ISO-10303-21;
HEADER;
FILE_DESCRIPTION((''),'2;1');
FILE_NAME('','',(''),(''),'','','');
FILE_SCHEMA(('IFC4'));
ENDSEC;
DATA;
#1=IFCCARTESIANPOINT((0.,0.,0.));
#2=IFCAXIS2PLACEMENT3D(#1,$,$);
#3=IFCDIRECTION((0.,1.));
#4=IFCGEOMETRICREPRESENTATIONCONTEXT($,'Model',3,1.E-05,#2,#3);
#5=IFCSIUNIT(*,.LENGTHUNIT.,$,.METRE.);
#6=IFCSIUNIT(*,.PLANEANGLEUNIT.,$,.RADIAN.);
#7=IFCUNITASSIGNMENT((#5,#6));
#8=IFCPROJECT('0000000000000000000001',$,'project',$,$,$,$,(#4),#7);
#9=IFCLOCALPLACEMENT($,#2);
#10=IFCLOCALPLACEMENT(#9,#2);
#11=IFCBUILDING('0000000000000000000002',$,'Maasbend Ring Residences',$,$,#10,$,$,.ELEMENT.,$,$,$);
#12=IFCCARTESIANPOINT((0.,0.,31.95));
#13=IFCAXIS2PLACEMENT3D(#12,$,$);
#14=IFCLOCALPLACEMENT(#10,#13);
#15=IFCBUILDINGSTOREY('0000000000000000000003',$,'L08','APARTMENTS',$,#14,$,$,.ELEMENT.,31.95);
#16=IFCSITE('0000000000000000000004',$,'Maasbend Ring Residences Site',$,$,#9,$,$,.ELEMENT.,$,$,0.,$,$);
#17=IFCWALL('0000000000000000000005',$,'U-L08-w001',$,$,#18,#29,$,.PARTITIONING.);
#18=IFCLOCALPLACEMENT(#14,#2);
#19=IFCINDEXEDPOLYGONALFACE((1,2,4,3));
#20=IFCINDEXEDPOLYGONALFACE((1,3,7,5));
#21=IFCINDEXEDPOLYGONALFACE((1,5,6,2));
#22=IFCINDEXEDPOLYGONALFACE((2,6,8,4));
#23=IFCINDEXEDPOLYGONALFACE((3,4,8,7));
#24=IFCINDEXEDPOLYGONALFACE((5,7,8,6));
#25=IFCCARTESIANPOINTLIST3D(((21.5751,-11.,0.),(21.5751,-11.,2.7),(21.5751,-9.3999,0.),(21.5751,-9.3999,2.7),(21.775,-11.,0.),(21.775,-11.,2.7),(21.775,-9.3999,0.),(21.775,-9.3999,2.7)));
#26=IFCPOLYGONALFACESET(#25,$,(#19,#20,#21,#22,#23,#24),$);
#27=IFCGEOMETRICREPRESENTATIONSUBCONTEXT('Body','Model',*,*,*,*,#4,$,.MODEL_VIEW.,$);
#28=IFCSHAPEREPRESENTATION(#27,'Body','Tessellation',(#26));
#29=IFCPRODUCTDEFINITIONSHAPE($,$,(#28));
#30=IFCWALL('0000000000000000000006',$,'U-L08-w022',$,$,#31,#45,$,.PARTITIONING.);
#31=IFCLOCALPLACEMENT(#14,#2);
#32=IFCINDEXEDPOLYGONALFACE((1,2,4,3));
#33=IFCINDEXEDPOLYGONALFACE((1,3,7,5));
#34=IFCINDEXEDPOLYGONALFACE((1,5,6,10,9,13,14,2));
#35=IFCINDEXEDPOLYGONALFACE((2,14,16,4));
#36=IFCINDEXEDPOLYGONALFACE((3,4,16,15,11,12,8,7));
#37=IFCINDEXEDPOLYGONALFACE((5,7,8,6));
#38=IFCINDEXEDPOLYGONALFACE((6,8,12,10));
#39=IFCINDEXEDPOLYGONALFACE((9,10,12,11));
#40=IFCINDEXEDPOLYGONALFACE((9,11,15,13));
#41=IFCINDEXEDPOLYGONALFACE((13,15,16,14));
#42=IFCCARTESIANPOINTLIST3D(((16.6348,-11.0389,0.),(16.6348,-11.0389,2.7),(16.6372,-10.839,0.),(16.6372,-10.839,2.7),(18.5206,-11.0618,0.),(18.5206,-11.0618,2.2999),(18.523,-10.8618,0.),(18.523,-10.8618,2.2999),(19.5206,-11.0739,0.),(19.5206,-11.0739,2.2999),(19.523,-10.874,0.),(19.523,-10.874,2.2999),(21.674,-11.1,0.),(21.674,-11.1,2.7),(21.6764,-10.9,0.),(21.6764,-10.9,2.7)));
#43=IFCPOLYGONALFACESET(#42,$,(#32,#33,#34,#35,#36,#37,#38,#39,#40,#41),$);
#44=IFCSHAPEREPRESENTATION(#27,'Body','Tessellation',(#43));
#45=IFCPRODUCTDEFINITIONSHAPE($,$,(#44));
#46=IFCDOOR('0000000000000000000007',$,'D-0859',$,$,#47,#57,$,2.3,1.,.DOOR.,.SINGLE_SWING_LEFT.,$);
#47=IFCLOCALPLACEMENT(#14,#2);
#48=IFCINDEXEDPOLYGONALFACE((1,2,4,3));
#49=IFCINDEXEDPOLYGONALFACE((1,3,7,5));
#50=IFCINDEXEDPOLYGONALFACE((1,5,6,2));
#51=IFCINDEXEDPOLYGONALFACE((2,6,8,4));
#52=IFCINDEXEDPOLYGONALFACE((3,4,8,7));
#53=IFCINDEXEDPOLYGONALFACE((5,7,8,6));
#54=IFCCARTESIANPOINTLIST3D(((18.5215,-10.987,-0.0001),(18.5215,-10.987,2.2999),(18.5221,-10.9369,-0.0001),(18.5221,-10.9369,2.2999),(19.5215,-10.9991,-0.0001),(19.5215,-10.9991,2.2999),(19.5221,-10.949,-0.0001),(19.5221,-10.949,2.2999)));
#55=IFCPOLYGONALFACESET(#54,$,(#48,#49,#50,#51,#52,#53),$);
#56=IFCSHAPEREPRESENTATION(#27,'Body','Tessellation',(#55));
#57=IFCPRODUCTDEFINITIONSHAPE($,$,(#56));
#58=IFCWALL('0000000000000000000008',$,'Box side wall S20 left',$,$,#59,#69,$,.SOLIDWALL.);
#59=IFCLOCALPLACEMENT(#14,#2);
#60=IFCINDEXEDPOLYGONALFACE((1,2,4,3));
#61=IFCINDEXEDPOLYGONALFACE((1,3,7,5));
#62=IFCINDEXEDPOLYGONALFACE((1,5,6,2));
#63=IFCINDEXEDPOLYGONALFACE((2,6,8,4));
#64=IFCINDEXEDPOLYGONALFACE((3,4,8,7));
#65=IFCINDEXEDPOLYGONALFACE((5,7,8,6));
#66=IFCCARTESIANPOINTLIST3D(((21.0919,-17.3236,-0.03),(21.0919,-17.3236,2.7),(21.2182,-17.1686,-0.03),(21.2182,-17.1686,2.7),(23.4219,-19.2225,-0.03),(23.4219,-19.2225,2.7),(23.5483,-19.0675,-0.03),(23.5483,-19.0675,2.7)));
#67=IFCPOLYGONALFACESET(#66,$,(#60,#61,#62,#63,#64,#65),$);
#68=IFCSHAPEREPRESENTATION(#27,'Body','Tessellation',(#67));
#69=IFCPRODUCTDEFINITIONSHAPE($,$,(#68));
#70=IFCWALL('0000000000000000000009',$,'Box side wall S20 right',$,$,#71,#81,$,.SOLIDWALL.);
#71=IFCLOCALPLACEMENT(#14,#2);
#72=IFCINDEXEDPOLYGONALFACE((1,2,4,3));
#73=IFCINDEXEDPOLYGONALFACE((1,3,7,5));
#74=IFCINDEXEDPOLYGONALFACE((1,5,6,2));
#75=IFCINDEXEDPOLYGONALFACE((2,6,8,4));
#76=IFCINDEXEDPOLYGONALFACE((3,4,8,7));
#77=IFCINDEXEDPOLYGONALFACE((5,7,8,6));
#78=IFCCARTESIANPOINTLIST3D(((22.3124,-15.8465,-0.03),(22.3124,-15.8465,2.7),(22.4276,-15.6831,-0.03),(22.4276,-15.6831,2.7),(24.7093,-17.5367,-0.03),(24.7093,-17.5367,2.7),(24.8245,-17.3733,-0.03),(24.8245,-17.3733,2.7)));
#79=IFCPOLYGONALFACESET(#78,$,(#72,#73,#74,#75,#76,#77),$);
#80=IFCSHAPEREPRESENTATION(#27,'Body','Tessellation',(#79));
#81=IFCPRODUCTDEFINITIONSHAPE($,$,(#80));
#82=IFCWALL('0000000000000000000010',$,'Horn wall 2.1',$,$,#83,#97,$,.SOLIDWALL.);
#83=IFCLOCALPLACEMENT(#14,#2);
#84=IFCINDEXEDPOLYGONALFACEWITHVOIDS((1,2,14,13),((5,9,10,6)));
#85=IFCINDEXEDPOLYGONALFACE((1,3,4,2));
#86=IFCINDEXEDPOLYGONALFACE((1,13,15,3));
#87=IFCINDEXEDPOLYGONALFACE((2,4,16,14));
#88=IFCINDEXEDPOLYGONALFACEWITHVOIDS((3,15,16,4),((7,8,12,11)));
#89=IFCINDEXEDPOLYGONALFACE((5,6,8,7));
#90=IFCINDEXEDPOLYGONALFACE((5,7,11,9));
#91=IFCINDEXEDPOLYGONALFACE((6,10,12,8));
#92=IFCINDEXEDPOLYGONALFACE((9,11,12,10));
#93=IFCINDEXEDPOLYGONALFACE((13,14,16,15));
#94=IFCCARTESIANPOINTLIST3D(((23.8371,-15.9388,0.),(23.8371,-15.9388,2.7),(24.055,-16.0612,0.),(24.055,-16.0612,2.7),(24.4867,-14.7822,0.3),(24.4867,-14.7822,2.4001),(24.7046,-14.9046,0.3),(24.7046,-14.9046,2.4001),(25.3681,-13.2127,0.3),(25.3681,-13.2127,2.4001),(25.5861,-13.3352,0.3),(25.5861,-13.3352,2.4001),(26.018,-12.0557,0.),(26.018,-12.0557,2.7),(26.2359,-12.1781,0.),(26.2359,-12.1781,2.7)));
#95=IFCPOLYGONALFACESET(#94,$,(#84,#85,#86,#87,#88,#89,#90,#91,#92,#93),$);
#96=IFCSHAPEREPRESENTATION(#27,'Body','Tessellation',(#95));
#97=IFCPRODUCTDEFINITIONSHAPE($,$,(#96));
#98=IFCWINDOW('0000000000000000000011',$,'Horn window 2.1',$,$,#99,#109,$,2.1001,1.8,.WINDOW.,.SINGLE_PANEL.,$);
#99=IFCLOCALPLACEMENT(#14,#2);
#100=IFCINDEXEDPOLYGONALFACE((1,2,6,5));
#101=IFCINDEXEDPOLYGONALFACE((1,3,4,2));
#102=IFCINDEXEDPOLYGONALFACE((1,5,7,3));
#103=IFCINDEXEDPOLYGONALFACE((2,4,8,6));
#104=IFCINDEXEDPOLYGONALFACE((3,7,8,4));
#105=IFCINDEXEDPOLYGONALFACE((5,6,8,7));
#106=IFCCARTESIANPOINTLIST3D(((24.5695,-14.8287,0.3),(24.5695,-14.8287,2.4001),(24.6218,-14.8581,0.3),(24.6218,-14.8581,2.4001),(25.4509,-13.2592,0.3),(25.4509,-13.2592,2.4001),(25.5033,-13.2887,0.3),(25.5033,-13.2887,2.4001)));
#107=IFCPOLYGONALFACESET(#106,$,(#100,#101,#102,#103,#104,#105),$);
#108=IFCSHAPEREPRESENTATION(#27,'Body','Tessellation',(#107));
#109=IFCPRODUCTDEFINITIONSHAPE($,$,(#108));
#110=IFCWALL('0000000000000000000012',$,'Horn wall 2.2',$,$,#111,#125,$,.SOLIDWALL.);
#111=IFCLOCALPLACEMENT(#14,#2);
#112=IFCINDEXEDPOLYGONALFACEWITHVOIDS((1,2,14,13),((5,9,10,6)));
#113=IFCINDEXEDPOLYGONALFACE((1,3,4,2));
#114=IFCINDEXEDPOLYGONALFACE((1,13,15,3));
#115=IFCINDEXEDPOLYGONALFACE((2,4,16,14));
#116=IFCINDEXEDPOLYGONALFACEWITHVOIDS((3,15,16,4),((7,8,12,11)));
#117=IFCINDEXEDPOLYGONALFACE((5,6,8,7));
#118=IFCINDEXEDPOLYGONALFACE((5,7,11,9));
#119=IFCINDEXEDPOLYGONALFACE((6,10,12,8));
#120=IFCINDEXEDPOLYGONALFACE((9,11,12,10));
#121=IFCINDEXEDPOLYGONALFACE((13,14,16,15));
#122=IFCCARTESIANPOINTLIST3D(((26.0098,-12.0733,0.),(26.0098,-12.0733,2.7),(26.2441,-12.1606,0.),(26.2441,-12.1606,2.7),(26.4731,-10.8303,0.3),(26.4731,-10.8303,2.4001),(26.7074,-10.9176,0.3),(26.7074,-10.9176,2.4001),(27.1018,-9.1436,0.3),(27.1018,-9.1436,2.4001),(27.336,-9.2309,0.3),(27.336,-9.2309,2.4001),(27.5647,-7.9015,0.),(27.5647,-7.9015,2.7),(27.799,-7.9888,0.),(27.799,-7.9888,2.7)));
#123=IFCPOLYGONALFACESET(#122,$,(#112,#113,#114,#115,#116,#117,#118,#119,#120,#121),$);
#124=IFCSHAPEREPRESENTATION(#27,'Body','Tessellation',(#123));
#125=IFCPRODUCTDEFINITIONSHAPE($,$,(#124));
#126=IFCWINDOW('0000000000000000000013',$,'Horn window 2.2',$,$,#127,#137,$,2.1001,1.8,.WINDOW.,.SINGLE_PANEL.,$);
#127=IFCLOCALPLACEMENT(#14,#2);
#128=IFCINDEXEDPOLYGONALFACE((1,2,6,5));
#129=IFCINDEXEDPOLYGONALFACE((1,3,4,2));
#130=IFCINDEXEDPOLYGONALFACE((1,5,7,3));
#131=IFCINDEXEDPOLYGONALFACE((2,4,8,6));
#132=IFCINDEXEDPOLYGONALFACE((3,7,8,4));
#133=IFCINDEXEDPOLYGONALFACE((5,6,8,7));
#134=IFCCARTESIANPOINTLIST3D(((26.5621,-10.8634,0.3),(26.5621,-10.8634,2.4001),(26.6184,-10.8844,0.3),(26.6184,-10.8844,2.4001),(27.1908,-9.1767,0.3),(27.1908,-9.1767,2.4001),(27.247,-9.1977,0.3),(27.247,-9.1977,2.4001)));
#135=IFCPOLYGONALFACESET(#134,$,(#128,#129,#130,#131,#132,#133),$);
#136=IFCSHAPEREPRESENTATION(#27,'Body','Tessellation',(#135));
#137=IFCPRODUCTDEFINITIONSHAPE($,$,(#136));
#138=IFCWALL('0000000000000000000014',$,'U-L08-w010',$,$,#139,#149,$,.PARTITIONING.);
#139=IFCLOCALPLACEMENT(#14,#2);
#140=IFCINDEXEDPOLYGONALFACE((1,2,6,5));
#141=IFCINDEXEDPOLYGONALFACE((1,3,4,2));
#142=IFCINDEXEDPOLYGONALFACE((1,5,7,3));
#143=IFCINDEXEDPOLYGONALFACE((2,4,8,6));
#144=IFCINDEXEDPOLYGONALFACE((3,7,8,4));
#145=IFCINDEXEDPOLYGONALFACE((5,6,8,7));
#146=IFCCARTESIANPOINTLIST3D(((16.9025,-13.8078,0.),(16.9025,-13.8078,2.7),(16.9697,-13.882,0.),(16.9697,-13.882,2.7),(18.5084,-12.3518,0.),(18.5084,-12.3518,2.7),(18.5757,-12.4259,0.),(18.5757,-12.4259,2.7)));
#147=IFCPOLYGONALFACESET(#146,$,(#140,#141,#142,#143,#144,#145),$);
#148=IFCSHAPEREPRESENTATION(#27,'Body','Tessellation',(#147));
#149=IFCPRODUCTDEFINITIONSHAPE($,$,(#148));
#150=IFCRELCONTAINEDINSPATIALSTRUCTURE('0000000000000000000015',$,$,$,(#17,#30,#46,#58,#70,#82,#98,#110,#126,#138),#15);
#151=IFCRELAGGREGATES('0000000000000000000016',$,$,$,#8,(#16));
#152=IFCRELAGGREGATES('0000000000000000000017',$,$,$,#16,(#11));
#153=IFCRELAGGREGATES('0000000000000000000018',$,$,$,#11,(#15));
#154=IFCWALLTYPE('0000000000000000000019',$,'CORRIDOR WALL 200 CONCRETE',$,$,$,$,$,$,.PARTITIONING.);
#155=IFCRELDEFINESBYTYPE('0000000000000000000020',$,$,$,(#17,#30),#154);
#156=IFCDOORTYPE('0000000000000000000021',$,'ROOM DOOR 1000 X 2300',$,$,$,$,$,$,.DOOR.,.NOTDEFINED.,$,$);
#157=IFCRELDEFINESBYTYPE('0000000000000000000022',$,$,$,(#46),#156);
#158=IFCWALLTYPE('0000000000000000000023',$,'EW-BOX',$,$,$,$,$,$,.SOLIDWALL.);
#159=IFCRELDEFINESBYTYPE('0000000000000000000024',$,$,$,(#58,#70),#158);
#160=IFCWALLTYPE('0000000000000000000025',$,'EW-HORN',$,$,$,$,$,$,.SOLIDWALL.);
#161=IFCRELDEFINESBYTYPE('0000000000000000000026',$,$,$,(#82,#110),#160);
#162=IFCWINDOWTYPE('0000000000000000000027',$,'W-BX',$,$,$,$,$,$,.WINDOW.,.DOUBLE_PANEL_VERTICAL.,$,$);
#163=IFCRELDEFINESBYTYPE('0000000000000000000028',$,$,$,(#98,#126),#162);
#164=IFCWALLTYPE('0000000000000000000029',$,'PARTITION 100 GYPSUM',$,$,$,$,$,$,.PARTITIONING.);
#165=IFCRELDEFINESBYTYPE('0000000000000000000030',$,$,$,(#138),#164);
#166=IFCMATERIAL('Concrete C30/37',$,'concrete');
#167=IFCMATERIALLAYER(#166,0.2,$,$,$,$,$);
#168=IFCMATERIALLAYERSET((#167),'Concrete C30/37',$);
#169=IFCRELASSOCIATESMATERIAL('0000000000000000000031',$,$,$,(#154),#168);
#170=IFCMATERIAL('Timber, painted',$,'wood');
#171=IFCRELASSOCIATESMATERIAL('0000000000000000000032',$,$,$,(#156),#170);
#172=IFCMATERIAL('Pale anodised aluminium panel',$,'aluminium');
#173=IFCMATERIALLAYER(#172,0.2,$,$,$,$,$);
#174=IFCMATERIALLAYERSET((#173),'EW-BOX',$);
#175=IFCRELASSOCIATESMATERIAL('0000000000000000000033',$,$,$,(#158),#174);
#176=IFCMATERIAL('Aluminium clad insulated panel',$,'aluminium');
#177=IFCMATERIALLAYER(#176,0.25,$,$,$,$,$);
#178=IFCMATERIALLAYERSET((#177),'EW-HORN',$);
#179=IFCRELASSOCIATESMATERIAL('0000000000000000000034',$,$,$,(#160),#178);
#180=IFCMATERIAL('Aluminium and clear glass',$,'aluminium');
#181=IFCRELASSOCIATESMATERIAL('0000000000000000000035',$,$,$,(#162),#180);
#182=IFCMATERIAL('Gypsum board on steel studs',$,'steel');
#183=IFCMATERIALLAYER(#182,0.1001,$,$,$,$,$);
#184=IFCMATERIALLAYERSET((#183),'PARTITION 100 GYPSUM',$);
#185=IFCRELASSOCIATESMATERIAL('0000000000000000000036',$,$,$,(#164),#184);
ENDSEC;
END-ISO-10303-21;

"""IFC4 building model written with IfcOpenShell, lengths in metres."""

from ifc_helpers import new_model, si_unit, direction, frame, frame_2d, origin, place, context, subcontext, project, spatial, rectangle, extrude, material, layer, layer_set, type_object, element, fill, save


model = new_model("IFC4")

# Units and contexts
model_context = context("Model", 3, precision=1e-05, world=origin(), true_north=direction((0.0, 1.0)))
body_context = subcontext(model_context, "Body", "Model", "MODEL_VIEW")
ifc_project = project(units=[si_unit("LENGTHUNIT", "METRE"), si_unit("PLANEANGLEUNIT", "RADIAN")], contexts=[model_context])

# Site, building, storey
site_placement = place(None, origin())
site = spatial("IfcSite", under=ifc_project, at=site_placement, Name="Maasbend Ring Residences Site", CompositionType="ELEMENT", RefElevation=0.0)
building_placement = place(site_placement, origin())
building = spatial("IfcBuilding", under=site, at=building_placement, Name="Maasbend Ring Residences", CompositionType="ELEMENT")
storey_placement = place(building_placement, frame((0.0, 0.0, 31.95)))
storey = spatial("IfcBuildingStorey", under=building, at=storey_placement, Name="L08", Description="APARTMENTS", CompositionType="ELEMENT", Elevation=31.95)

# Wall
ifc_material_1 = material(Name="Concrete C30/37", Category="concrete")
ifc_layer_1 = layer(ifc_material_1, 0.2)
ifc_layer_set_1 = layer_set([ifc_layer_1], Name="Concrete C30/37")
wall_type_1 = type_object("IfcWallType", Name="CORRIDOR WALL 200 CONCRETE", PredefinedType="PARTITIONING", material=ifc_layer_set_1)
wall_1_placement = place(storey_placement, frame((21.675, -11.0, 0.0), z_axis=(0.0, 0.0, 1.0), x_axis=(0.0, 1.0, 0.0)))
element("IfcWall", 1, at=wall_1_placement, inside=storey, type_object=wall_type_1, Name="U-L08-w001", PredefinedType="PARTITIONING", context=body_context, shape_type="SweptSolid", body=[
    extrude(rectangle(XDim=1.6001, YDim=0.2, at=frame_2d((0.8, 0.0))), origin(), (0.0, 0.0, 1.0), 2.7),
])

# Wall, opening, door
wall_2_placement = place(storey_placement, frame((16.636, -10.939, 0.0), z_axis=(0.0, 0.0, 1.0), x_axis=(0.999927, -0.012112, 0.0)))
wall_2 = element("IfcWall", 2, at=wall_2_placement, inside=storey, type_object=wall_type_1, Name="U-L08-w022", PredefinedType="PARTITIONING", context=body_context, shape_type="SweptSolid", body=[
    extrude(rectangle(XDim=5.0396, YDim=0.2, at=frame_2d((2.5198, 0.0))), origin(), (0.0, 0.0, 1.0), 2.7),
])
opening_1_placement = place(wall_2_placement, frame((1.886, 0.0, 0.0)))
opening_1 = element("IfcOpeningElement", 3, at=opening_1_placement, cuts=wall_2, PredefinedType="OPENING", context=body_context, shape_type="SweptSolid", body=[
    extrude(rectangle(XDim=1.0, YDim=2.3, at=frame_2d((0.5, 1.1499))), frame((0.0, 0.1099, 0.0), z_axis=(0.0, -1.0, 0.0), x_axis=(1.0, 0.0, 0.0)), (0.0, 0.0, 1.0), 0.22),
])
ifc_material_2 = material(Name="Timber, painted", Category="wood")
door_type_1 = type_object("IfcDoorType", Name="ROOM DOOR 1000 X 2300", OperationType="NOTDEFINED", PredefinedType="DOOR", material=ifc_material_2)
door_1_placement = place(opening_1_placement, origin())
door_1 = element("IfcDoor", 4, at=door_1_placement, inside=storey, type_object=door_type_1, Name="D-0859", OperationType="SINGLE_SWING_LEFT", OverallHeight=2.3, OverallWidth=1.0, PredefinedType="DOOR", context=body_context, shape_type="SweptSolid", body=[
    extrude(rectangle(XDim=1.0, YDim=2.3, at=frame_2d((0.5, 1.1499))), frame((0.0, 0.0249, 0.0), z_axis=(0.0, -1.0, 0.0), x_axis=(1.0, 0.0, 0.0)), (0.0, 0.0, 1.0), 0.05),
])
fill(opening_1, door_1)

# Walls
ifc_material_3 = material(Name="Pale anodised aluminium panel", Category="aluminium")
ifc_layer_2 = layer(ifc_material_3, 0.2)
ifc_layer_set_2 = layer_set([ifc_layer_2], Name="EW-BOX")
wall_type_2 = type_object("IfcWallType", Name="EW-BOX", PredefinedType="SOLIDWALL", material=ifc_layer_set_2)
wall_3_placement = place(storey_placement, frame((21.155, -17.2461, -0.03), z_axis=(0.0, 0.0, 1.0), x_axis=(0.775179, -0.631742, 0.0)))
element("IfcWall", 5, at=wall_3_placement, inside=storey, type_object=wall_type_2, Name="Box side wall S20 left", PredefinedType="SOLIDWALL", context=body_context, shape_type="SweptSolid", body=[
    extrude(rectangle(XDim=3.0059, YDim=0.2, at=frame_2d((1.5029, 0.0))), origin(), (0.0, 0.0, 1.0), 2.73),
])
wall_4_placement = place(storey_placement, frame((22.3701, -15.7649, -0.03), z_axis=(0.0, 0.0, 1.0), x_axis=(0.817256, -0.576275, 0.0)))
element("IfcWall", 6, at=wall_4_placement, inside=storey, type_object=wall_type_2, Name="Box side wall S20 right", PredefinedType="SOLIDWALL", context=body_context, shape_type="SweptSolid", body=[
    extrude(rectangle(XDim=2.9329, YDim=0.2, at=frame_2d((1.4663, 0.0))), origin(), (0.0, 0.0, 1.0), 2.73),
])

# Walls, openings, windows
ifc_material_4 = material(Name="Aluminium clad insulated panel", Category="aluminium")
ifc_layer_3 = layer(ifc_material_4, 0.25)
ifc_layer_set_3 = layer_set([ifc_layer_3], Name="EW-HORN")
wall_type_3 = type_object("IfcWallType", Name="EW-HORN", PredefinedType="SOLIDWALL", material=ifc_layer_set_3)
wall_5_placement = place(storey_placement, frame((23.946, -16.0, 0.0), z_axis=(0.0, 0.0, 1.0), x_axis=(0.489696, 0.871893, 0.0)))
wall_5 = element("IfcWall", 7, at=wall_5_placement, inside=storey, type_object=wall_type_3, Name="Horn wall 2.1", PredefinedType="SOLIDWALL", context=body_context, shape_type="SweptSolid", body=[
    extrude(rectangle(XDim=4.4536, YDim=0.25, at=frame_2d((2.2268, 0.0))), origin(), (0.0, 0.0, 1.0), 2.7),
])
opening_2_placement = place(wall_5_placement, frame((1.3267, 0.0, 0.3)))
opening_2 = element("IfcOpeningElement", 8, at=opening_2_placement, cuts=wall_5, PredefinedType="OPENING", context=body_context, shape_type="SweptSolid", body=[
    extrude(rectangle(XDim=1.8, YDim=2.1001, at=frame_2d((0.8999, 1.05))), frame((0.0, 0.135, 0.0), z_axis=(0.0, -1.0, 0.0), x_axis=(1.0, 0.0, 0.0)), (0.0, 0.0, 1.0), 0.27),
])
ifc_material_5 = material(Name="Aluminium and clear glass", Category="aluminium")
window_type = type_object("IfcWindowType", Name="W-BX", PartitioningType="DOUBLE_PANEL_VERTICAL", PredefinedType="WINDOW", material=ifc_material_5)
window_1_placement = place(opening_2_placement, origin())
window_1 = element("IfcWindow", 9, at=window_1_placement, inside=storey, type_object=window_type, Name="Horn window 2.1", OverallHeight=2.1001, OverallWidth=1.8, PartitioningType="SINGLE_PANEL", PredefinedType="WINDOW", context=body_context, shape_type="SweptSolid", body=[
    extrude(rectangle(XDim=1.8, YDim=2.1001, at=frame_2d((0.8999, 1.05))), frame((0.0, 0.03, 0.0), z_axis=(0.0, -1.0, 0.0), x_axis=(1.0, 0.0, 0.0)), (0.0, 0.0, 1.0), 0.0601),
])
fill(opening_2, window_1)
wall_6_placement = place(storey_placement, frame((26.127, -12.1169, 0.0), z_axis=(0.0, 0.0, 1.0), x_axis=(0.349248, 0.93703, 0.0)))
wall_6 = element("IfcWall", 10, at=wall_6_placement, inside=storey, type_object=wall_type_3, Name="Horn wall 2.2", PredefinedType="SOLIDWALL", context=body_context, shape_type="SweptSolid", body=[
    extrude(rectangle(XDim=4.4521, YDim=0.25, at=frame_2d((2.2261, 0.0))), origin(), (0.0, 0.0, 1.0), 2.7),
])
opening_3_placement = place(wall_6_placement, frame((1.3267, 0.0, 0.3)))
opening_3 = element("IfcOpeningElement", 11, at=opening_3_placement, cuts=wall_6, PredefinedType="OPENING", context=body_context, shape_type="SweptSolid", body=[
    extrude(rectangle(XDim=1.8, YDim=2.1001, at=frame_2d((0.8999, 1.05))), frame((0.0, 0.135, 0.0), z_axis=(0.0, -1.0, 0.0), x_axis=(1.0, 0.0, 0.0)), (0.0, 0.0, 1.0), 0.27),
])
window_2_placement = place(opening_3_placement, origin())
window_2 = element("IfcWindow", 12, at=window_2_placement, inside=storey, type_object=window_type, Name="Horn window 2.2", OverallHeight=2.1001, OverallWidth=1.8, PartitioningType="SINGLE_PANEL", PredefinedType="WINDOW", context=body_context, shape_type="SweptSolid", body=[
    extrude(rectangle(XDim=1.8, YDim=2.1001, at=frame_2d((0.8999, 1.05))), frame((0.0, 0.03, 0.0), z_axis=(0.0, -1.0, 0.0), x_axis=(1.0, 0.0, 0.0)), (0.0, 0.0, 1.0), 0.0601),
])
fill(opening_3, window_2)

# Wall
ifc_material_6 = material(Name="Gypsum board on steel studs", Category="steel")
ifc_layer_4 = layer(ifc_material_6, 0.1001)
ifc_layer_set_4 = layer_set([ifc_layer_4], Name="PARTITION 100 GYPSUM")
wall_type_4 = type_object("IfcWallType", Name="PARTITION 100 GYPSUM", PredefinedType="PARTITIONING", material=ifc_layer_set_4)
wall_7_placement = place(storey_placement, frame((16.936, -13.845, 0.0), z_axis=(0.0, 0.0, 1.0), x_axis=(0.740836, 0.671686, 0.0)))
element("IfcWall", 13, at=wall_7_placement, inside=storey, type_object=wall_type_4, Name="U-L08-w010", PredefinedType="PARTITIONING", context=body_context, shape_type="SweptSolid", body=[
    extrude(rectangle(XDim=2.1677, YDim=0.1001, at=frame_2d((1.084, 0.0))), origin(), (0.0, 0.0, 1.0), 2.7),
])

save(model, "model.ifc")
